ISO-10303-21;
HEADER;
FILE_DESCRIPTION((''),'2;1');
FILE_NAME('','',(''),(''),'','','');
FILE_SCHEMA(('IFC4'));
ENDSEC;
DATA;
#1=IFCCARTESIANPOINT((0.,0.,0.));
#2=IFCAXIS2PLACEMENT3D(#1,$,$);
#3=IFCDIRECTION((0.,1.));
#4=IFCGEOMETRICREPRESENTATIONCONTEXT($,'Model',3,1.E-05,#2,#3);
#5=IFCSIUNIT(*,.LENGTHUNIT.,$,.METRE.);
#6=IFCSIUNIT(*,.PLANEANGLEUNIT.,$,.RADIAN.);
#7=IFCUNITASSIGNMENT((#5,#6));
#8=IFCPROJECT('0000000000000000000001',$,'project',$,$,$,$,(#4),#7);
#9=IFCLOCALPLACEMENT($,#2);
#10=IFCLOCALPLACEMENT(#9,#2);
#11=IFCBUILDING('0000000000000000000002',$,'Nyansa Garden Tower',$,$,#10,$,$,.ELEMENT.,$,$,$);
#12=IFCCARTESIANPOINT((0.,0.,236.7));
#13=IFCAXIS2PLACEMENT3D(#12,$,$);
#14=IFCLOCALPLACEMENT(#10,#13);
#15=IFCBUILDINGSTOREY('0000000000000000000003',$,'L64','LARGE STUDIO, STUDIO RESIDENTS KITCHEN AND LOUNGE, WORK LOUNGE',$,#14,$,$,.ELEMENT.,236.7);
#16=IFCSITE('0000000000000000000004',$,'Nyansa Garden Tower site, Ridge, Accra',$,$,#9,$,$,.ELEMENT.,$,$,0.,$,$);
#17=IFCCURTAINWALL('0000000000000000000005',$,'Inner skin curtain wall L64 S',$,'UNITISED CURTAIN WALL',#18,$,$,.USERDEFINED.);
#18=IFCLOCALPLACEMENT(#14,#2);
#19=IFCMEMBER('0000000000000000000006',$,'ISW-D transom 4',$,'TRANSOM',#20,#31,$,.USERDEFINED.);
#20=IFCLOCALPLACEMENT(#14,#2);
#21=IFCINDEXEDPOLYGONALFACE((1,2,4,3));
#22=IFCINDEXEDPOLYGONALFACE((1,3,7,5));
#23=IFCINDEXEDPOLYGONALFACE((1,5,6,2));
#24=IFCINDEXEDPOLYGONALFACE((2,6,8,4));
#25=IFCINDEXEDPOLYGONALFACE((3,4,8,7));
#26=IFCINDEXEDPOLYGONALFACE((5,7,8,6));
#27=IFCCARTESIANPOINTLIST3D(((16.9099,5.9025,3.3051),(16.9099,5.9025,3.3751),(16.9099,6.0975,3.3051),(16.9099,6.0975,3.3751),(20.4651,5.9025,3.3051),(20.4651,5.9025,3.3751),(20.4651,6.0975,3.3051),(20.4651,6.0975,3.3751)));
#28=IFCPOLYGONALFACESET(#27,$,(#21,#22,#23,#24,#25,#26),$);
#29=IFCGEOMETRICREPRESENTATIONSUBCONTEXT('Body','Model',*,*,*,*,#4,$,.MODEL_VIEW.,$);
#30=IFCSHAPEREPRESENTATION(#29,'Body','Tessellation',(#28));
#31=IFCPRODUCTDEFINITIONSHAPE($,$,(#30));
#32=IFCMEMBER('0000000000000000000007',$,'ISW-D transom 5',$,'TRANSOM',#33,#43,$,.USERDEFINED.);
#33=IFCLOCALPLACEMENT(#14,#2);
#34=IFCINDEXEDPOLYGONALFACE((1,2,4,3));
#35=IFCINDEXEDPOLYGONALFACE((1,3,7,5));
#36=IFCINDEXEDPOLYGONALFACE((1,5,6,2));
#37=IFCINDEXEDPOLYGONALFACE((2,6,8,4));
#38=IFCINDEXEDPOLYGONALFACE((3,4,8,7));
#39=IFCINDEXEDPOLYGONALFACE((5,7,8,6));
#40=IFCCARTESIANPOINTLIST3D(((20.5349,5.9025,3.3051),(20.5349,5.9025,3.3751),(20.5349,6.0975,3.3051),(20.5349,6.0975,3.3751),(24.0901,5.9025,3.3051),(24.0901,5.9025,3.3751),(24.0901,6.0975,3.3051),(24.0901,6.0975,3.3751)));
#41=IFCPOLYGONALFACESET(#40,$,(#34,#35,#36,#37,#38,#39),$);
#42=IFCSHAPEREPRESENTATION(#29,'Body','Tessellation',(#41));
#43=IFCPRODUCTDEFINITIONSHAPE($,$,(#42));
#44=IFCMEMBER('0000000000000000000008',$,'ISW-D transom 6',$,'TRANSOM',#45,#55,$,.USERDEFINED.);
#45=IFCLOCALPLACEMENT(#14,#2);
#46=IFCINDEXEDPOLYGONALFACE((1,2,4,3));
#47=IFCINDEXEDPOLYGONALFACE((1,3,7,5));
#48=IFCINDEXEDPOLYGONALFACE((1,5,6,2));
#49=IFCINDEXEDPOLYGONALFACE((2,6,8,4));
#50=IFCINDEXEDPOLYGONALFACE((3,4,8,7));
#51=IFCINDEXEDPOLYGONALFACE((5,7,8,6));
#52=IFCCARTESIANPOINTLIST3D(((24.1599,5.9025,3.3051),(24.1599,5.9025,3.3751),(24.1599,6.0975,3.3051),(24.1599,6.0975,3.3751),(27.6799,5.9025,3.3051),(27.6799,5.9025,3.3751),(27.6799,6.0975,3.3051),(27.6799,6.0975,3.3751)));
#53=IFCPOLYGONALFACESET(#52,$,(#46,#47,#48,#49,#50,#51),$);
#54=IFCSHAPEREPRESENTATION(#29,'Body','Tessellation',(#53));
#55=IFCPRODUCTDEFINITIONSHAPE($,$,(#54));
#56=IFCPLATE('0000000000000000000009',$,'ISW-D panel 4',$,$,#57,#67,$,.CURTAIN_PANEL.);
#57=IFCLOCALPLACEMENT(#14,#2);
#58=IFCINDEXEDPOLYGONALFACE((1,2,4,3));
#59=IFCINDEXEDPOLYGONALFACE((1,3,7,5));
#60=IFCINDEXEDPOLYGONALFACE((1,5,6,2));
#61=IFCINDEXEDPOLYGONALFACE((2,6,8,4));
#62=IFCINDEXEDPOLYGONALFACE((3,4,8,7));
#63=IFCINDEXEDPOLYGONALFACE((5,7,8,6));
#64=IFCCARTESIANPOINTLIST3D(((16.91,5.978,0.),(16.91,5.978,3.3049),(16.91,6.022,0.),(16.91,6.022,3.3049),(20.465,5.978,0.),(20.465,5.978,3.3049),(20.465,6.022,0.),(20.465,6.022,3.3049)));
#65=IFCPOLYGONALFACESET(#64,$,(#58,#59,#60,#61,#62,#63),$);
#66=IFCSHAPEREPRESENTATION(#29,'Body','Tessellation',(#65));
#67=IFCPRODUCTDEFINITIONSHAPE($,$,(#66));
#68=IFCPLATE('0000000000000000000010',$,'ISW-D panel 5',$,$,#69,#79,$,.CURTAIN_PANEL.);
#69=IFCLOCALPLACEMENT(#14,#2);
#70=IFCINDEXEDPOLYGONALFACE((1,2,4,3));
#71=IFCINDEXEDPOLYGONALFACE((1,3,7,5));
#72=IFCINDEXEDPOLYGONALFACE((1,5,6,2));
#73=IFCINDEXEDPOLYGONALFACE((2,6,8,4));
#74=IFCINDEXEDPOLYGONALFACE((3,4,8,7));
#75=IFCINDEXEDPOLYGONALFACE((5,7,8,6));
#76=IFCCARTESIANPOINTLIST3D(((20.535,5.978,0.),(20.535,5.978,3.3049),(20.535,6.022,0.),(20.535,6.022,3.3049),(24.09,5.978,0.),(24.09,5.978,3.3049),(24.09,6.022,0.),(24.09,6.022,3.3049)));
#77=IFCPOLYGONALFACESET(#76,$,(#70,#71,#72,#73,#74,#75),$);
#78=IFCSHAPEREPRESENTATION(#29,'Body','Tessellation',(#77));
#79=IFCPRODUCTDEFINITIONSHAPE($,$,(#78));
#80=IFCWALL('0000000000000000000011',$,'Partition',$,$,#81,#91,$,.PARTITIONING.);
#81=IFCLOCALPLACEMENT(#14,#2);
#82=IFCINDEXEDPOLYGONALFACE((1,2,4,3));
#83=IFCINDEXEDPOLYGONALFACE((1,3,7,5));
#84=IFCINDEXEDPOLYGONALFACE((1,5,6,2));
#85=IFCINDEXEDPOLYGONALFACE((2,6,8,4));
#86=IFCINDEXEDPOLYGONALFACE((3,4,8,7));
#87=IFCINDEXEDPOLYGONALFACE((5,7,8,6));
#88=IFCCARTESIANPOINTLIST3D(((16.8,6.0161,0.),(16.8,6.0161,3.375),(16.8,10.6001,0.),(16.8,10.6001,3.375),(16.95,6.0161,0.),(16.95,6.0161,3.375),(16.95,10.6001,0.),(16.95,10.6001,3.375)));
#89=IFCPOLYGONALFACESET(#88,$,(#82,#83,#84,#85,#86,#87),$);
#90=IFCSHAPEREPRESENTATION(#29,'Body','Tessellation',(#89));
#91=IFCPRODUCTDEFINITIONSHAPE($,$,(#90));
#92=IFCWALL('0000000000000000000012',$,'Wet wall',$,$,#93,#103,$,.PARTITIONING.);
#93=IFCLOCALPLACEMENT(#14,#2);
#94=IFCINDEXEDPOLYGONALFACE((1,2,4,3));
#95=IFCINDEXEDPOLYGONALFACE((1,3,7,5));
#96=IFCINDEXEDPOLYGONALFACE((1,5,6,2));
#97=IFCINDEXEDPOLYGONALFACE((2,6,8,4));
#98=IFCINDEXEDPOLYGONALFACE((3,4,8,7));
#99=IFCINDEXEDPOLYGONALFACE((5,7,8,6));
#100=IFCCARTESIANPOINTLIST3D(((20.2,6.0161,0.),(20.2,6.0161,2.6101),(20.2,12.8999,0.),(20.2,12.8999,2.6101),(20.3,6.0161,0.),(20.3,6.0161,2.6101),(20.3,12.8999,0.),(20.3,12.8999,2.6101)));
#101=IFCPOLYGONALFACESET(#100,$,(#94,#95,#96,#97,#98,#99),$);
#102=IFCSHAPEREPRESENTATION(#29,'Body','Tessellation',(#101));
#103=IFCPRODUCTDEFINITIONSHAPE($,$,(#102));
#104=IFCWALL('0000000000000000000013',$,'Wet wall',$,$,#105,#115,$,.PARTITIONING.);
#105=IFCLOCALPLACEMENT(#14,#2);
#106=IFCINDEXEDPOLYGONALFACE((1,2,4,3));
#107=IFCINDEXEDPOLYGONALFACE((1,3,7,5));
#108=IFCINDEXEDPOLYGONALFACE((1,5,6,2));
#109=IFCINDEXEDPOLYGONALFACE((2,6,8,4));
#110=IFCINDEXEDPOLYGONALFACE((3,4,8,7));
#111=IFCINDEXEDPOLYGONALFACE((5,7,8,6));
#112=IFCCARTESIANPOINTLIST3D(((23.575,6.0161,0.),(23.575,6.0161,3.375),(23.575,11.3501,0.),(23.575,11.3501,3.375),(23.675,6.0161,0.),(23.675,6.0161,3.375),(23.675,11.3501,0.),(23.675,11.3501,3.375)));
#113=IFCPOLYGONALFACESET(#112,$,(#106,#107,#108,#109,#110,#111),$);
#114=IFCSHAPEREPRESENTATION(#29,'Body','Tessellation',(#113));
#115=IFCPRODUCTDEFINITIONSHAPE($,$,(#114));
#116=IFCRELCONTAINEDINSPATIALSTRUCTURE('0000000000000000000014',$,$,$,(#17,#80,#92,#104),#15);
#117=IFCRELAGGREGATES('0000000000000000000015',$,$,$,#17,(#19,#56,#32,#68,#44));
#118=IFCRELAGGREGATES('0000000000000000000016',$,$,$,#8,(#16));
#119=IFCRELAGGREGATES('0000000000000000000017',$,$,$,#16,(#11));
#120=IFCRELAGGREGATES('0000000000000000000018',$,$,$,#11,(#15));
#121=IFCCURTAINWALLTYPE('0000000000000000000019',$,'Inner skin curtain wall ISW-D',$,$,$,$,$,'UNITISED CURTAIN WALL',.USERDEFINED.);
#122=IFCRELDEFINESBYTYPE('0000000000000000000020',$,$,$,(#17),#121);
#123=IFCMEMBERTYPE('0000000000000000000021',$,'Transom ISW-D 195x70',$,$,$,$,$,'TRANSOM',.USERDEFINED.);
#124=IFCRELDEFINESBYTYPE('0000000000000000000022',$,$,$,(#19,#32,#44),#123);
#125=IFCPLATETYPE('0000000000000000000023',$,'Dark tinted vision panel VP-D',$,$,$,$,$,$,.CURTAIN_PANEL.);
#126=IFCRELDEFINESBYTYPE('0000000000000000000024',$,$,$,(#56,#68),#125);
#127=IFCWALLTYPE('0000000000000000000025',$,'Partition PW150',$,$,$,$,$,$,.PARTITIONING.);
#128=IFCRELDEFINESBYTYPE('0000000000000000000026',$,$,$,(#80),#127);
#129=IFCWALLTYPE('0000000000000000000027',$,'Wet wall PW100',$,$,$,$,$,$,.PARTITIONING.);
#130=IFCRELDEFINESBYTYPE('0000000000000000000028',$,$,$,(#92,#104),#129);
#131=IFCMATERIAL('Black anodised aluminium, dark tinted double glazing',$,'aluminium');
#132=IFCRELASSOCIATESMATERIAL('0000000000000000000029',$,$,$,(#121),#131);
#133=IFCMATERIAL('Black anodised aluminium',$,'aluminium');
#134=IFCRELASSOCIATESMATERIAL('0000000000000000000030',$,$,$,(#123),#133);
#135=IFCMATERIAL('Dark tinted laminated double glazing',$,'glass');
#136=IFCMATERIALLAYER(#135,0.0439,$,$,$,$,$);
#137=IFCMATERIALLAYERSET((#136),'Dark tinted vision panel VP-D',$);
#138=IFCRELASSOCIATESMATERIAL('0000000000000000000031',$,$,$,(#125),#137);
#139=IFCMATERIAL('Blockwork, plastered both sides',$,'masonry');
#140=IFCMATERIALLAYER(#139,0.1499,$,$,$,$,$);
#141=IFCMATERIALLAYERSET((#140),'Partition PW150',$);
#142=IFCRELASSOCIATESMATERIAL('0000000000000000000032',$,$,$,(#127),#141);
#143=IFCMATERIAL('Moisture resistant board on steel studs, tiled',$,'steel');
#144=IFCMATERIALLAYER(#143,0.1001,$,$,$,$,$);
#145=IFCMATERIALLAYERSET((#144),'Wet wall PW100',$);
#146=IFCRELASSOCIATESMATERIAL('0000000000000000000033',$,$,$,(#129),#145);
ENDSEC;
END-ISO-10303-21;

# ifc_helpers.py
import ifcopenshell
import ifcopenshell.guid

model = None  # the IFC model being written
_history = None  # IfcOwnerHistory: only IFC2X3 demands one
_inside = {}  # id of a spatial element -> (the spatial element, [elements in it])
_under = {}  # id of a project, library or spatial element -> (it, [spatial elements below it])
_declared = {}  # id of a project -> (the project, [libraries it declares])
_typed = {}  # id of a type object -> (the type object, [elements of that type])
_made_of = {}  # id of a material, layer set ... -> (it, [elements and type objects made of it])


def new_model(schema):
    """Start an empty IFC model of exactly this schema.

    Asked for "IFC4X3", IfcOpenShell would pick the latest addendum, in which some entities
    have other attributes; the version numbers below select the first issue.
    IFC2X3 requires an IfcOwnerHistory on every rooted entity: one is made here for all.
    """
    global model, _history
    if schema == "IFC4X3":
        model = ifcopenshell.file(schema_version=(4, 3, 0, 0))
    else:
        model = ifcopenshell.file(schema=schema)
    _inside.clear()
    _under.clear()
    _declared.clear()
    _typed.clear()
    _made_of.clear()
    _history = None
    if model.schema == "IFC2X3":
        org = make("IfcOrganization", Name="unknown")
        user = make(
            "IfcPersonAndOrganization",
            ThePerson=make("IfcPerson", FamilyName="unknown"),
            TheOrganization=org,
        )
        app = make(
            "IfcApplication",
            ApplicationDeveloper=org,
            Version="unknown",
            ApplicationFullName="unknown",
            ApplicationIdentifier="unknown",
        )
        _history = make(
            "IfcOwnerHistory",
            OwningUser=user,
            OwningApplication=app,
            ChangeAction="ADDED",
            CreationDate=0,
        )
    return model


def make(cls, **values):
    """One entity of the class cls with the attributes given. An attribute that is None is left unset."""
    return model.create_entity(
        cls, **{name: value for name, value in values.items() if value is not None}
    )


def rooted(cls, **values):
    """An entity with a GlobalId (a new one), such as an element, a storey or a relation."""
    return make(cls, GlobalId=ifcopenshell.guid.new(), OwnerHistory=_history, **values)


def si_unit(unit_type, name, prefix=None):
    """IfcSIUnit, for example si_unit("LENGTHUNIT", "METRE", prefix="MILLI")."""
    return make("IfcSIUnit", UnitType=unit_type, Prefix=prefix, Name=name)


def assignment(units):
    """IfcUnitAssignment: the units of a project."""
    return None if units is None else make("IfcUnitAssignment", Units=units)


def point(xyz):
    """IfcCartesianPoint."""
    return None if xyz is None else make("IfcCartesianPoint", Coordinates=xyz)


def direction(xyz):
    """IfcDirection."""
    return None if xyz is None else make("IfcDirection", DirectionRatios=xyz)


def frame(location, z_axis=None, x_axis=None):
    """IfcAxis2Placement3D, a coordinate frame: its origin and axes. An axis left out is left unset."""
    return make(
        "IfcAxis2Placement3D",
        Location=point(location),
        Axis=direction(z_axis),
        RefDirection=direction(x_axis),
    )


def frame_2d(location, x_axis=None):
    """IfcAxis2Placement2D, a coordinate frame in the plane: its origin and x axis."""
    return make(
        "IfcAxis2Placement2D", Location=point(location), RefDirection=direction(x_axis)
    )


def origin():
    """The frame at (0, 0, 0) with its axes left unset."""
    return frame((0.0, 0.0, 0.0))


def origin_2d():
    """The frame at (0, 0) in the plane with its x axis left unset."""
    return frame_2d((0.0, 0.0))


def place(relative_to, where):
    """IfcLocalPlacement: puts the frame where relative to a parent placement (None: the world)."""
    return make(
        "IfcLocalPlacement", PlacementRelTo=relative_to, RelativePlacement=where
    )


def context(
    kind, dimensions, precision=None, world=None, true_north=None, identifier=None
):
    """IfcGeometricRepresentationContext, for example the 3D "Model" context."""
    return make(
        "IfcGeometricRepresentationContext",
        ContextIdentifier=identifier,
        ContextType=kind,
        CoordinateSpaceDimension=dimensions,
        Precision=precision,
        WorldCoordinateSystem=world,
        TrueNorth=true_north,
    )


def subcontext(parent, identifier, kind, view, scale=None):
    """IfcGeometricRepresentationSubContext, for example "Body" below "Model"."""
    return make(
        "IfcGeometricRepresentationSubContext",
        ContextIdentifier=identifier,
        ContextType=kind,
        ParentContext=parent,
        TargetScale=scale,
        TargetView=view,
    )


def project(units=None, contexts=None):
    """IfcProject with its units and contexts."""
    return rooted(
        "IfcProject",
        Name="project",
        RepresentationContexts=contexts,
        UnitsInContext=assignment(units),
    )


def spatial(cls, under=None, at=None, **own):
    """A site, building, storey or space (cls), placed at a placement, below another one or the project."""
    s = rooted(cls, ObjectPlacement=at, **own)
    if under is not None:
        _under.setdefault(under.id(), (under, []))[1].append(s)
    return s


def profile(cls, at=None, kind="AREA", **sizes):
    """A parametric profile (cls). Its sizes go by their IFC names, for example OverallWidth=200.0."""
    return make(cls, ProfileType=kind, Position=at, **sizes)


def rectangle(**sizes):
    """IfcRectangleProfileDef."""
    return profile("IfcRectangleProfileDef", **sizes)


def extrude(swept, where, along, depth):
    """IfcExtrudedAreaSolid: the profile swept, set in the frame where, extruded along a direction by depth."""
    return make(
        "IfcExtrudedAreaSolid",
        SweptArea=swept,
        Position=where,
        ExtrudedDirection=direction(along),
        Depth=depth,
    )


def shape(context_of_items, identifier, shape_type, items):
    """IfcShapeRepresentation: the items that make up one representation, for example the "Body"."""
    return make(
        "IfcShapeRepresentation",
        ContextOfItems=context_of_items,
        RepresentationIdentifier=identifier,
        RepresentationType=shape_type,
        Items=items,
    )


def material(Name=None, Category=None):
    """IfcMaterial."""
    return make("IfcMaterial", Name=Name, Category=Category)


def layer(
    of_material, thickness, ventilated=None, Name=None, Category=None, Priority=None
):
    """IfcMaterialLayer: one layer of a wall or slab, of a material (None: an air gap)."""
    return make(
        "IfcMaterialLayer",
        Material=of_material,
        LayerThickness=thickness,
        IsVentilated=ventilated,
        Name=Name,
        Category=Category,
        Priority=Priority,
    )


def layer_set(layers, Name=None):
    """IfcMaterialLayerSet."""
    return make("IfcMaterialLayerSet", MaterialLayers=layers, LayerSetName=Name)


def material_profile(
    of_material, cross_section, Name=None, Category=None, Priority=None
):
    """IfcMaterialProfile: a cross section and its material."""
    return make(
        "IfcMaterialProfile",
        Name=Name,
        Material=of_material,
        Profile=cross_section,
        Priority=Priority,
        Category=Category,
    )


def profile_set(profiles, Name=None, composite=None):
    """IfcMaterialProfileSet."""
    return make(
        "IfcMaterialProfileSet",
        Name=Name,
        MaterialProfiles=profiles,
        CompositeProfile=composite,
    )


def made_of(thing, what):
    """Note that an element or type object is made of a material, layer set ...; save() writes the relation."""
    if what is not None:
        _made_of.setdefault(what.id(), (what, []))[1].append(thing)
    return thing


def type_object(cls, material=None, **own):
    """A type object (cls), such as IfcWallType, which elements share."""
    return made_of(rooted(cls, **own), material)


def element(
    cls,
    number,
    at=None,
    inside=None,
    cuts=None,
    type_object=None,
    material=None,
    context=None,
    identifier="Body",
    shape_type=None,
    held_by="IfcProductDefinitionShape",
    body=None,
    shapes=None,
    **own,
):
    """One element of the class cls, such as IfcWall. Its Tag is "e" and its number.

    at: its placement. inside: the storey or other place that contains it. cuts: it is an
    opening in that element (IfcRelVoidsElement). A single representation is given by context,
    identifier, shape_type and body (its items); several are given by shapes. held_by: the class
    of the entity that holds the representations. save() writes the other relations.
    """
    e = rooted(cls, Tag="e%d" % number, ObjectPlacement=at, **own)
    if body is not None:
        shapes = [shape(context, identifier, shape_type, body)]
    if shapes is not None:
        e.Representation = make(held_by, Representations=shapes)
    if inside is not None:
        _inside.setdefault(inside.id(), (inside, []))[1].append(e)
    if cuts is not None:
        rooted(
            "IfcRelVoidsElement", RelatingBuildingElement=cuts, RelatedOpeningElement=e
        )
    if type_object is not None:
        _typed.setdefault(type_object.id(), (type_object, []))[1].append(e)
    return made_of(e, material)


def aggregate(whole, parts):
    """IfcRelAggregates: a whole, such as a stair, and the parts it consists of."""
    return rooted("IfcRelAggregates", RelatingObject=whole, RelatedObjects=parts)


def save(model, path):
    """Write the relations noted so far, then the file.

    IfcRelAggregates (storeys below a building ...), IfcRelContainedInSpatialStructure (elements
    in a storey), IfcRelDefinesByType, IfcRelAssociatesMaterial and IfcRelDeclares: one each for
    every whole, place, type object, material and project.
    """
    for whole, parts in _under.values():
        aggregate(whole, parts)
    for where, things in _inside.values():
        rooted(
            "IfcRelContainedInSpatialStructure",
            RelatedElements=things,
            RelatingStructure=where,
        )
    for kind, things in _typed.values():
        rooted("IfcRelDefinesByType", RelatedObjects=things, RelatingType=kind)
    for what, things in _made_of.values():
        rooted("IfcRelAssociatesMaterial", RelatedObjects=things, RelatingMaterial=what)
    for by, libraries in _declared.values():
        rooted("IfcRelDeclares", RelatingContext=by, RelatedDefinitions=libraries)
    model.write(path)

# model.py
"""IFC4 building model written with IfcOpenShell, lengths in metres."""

from ifc_helpers import new_model, si_unit, direction, frame, frame_2d, origin, origin_2d, place, context, subcontext, project, spatial, rectangle, extrude, material, layer, layer_set, material_profile, profile_set, type_object, element, aggregate, save


model = new_model("IFC4")

# Units and contexts
model_context = context("Model", 3, precision=1e-05, world=origin(), true_north=direction((0.0, 1.0)))
body_context = subcontext(model_context, "Body", "Model", "MODEL_VIEW")
ifc_project = project(units=[si_unit("LENGTHUNIT", "METRE"), si_unit("PLANEANGLEUNIT", "RADIAN")], contexts=[model_context])

# Site, building, storey
site_placement = place(None, origin())
site = spatial("IfcSite", under=ifc_project, at=site_placement, Name="Nyansa Garden Tower site, Ridge, Accra", CompositionType="ELEMENT", RefElevation=0.0)
building_placement = place(site_placement, origin())
building = spatial("IfcBuilding", under=site, at=building_placement, Name="Nyansa Garden Tower", CompositionType="ELEMENT")
storey_placement = place(building_placement, frame((0.0, 0.0, 236.7)))
storey = spatial("IfcBuildingStorey", under=building, at=storey_placement, Name="L64", Description="LARGE STUDIO, STUDIO RESIDENTS KITCHEN AND LOUNGE, WORK LOUNGE", CompositionType="ELEMENT", Elevation=236.7)

# Curtain wall
ifc_material_1 = material(Name="Black anodised aluminium, dark tinted double glazing", Category="aluminium")
curtain_wall_type = type_object("IfcCurtainWallType", Name="Inner skin curtain wall ISW-D", ElementType="UNITISED CURTAIN WALL", PredefinedType="USERDEFINED", material=ifc_material_1)
curtain_wall_placement = place(storey_placement, origin())
curtain_wall = element("IfcCurtainWall", 1, at=curtain_wall_placement, inside=storey, type_object=curtain_wall_type, Name="Inner skin curtain wall L64 S", ObjectType="UNITISED CURTAIN WALL", PredefinedType="USERDEFINED")

# Members
ifc_material_2 = material(Name="Black anodised aluminium", Category="aluminium")
ifc_material_profile_1 = material_profile(ifc_material_2, rectangle(XDim=0.1951, YDim=0.0701, at=origin_2d()), Name="Transom 195x70")
ifc_profile_set_1 = profile_set([ifc_material_profile_1], Name="Black anodised aluminium")
member_type_1 = type_object("IfcMemberType", Name="Transom ISW-D 195x70", ElementType="TRANSOM", PredefinedType="USERDEFINED", material=ifc_profile_set_1)
member_1_placement = place(storey_placement, frame((16.9099, 6.0, 3.3401), z_axis=(1.0, 0.0, 0.0), x_axis=(0.0, 1.0, 0.0)))
member_1 = element("IfcMember", 2, at=member_1_placement, type_object=member_type_1, Name="ISW-D transom 4", ObjectType="TRANSOM", PredefinedType="USERDEFINED", context=body_context, shape_type="SweptSolid", body=[
    extrude(rectangle(XDim=0.1951, YDim=0.0701, at=origin_2d()), origin(), (0.0, 0.0, 1.0), 3.5552),
])
member_2_placement = place(storey_placement, frame((20.5349, 6.0, 3.3401), z_axis=(1.0, 0.0, 0.0), x_axis=(0.0, 1.0, 0.0)))
member_2 = element("IfcMember", 3, at=member_2_placement, type_object=member_type_1, Name="ISW-D transom 5", ObjectType="TRANSOM", PredefinedType="USERDEFINED", context=body_context, shape_type="SweptSolid", body=[
    extrude(rectangle(XDim=0.1951, YDim=0.0701, at=origin_2d()), origin(), (0.0, 0.0, 1.0), 3.5552),
])
member_3_placement = place(storey_placement, frame((24.1599, 6.0, 3.3401), z_axis=(1.0, 0.0, 0.0), x_axis=(0.0, 1.0, 0.0)))
member_3 = element("IfcMember", 4, at=member_3_placement, type_object=member_type_1, Name="ISW-D transom 6", ObjectType="TRANSOM", PredefinedType="USERDEFINED", context=body_context, shape_type="SweptSolid", body=[
    extrude(rectangle(XDim=0.1951, YDim=0.0701, at=origin_2d()), origin(), (0.0, 0.0, 1.0), 3.52),
])

# Plates
ifc_material_3 = material(Name="Dark tinted laminated double glazing", Category="glass")
ifc_layer_1 = layer(ifc_material_3, 0.0439)
ifc_layer_set_1 = layer_set([ifc_layer_1], Name="Dark tinted vision panel VP-D")
plate_type = type_object("IfcPlateType", Name="Dark tinted vision panel VP-D", PredefinedType="CURTAIN_PANEL", material=ifc_layer_set_1)
plate_1_placement = place(storey_placement, frame((18.6875, 6.0, 0.0), z_axis=(0.0, 0.0, 1.0), x_axis=(1.0, 0.0, 0.0)))
plate_1 = element("IfcPlate", 5, at=plate_1_placement, type_object=plate_type, Name="ISW-D panel 4", PredefinedType="CURTAIN_PANEL", context=body_context, shape_type="SweptSolid", body=[
    extrude(rectangle(XDim=3.5549, YDim=0.0439, at=origin_2d()), origin(), (0.0, 0.0, 1.0), 3.3049),
])
plate_2_placement = place(storey_placement, frame((22.3125, 6.0, 0.0), z_axis=(0.0, 0.0, 1.0), x_axis=(1.0, 0.0, 0.0)))
plate_2 = element("IfcPlate", 6, at=plate_2_placement, type_object=plate_type, Name="ISW-D panel 5", PredefinedType="CURTAIN_PANEL", context=body_context, shape_type="SweptSolid", body=[
    extrude(rectangle(XDim=3.5549, YDim=0.0439, at=origin_2d()), origin(), (0.0, 0.0, 1.0), 3.3049),
])
aggregate(curtain_wall, [member_1, plate_1, member_2, plate_2, member_3])

# Walls
ifc_material_4 = material(Name="Blockwork, plastered both sides", Category="masonry")
ifc_layer_2 = layer(ifc_material_4, 0.1499)
ifc_layer_set_2 = layer_set([ifc_layer_2], Name="Partition PW150")
wall_type_1 = type_object("IfcWallType", Name="Partition PW150", PredefinedType="PARTITIONING", material=ifc_layer_set_2)
wall_1_placement = place(storey_placement, frame((16.875, 6.0161, 0.0), z_axis=(0.0, 0.0, 1.0), x_axis=(0.0, 1.0, 0.0)))
element("IfcWall", 7, at=wall_1_placement, inside=storey, type_object=wall_type_1, Name="Partition", PredefinedType="PARTITIONING", context=body_context, shape_type="SweptSolid", body=[
    extrude(rectangle(XDim=4.584, YDim=0.1499, at=frame_2d((2.292, 0.0))), origin(), (0.0, 0.0, 1.0), 3.375),
])
ifc_material_5 = material(Name="Moisture resistant board on steel studs, tiled", Category="steel")
ifc_layer_3 = layer(ifc_material_5, 0.1001)
ifc_layer_set_3 = layer_set([ifc_layer_3], Name="Wet wall PW100")
wall_type_2 = type_object("IfcWallType", Name="Wet wall PW100", PredefinedType="PARTITIONING", material=ifc_layer_set_3)
wall_2_placement = place(storey_placement, frame((20.25, 6.0161, 0.0), z_axis=(0.0, 0.0, 1.0), x_axis=(0.0, 1.0, 0.0)))
element("IfcWall", 8, at=wall_2_placement, inside=storey, type_object=wall_type_2, Name="Wet wall", PredefinedType="PARTITIONING", context=body_context, shape_type="SweptSolid", body=[
    extrude(rectangle(XDim=6.8838, YDim=0.1001, at=frame_2d((3.4419, 0.0))), origin(), (0.0, 0.0, 1.0), 2.6101),
])
wall_3_placement = place(storey_placement, frame((23.625, 6.0161, 0.0), z_axis=(0.0, 0.0, 1.0), x_axis=(0.0, 1.0, 0.0)))
element("IfcWall", 9, at=wall_3_placement, inside=storey, type_object=wall_type_2, Name="Wet wall", PredefinedType="PARTITIONING", context=body_context, shape_type="SweptSolid", body=[
    extrude(rectangle(XDim=5.334, YDim=0.1001, at=frame_2d((2.667, 0.0))), origin(), (0.0, 0.0, 1.0), 3.375),
])

save(model, "model.ifc")
